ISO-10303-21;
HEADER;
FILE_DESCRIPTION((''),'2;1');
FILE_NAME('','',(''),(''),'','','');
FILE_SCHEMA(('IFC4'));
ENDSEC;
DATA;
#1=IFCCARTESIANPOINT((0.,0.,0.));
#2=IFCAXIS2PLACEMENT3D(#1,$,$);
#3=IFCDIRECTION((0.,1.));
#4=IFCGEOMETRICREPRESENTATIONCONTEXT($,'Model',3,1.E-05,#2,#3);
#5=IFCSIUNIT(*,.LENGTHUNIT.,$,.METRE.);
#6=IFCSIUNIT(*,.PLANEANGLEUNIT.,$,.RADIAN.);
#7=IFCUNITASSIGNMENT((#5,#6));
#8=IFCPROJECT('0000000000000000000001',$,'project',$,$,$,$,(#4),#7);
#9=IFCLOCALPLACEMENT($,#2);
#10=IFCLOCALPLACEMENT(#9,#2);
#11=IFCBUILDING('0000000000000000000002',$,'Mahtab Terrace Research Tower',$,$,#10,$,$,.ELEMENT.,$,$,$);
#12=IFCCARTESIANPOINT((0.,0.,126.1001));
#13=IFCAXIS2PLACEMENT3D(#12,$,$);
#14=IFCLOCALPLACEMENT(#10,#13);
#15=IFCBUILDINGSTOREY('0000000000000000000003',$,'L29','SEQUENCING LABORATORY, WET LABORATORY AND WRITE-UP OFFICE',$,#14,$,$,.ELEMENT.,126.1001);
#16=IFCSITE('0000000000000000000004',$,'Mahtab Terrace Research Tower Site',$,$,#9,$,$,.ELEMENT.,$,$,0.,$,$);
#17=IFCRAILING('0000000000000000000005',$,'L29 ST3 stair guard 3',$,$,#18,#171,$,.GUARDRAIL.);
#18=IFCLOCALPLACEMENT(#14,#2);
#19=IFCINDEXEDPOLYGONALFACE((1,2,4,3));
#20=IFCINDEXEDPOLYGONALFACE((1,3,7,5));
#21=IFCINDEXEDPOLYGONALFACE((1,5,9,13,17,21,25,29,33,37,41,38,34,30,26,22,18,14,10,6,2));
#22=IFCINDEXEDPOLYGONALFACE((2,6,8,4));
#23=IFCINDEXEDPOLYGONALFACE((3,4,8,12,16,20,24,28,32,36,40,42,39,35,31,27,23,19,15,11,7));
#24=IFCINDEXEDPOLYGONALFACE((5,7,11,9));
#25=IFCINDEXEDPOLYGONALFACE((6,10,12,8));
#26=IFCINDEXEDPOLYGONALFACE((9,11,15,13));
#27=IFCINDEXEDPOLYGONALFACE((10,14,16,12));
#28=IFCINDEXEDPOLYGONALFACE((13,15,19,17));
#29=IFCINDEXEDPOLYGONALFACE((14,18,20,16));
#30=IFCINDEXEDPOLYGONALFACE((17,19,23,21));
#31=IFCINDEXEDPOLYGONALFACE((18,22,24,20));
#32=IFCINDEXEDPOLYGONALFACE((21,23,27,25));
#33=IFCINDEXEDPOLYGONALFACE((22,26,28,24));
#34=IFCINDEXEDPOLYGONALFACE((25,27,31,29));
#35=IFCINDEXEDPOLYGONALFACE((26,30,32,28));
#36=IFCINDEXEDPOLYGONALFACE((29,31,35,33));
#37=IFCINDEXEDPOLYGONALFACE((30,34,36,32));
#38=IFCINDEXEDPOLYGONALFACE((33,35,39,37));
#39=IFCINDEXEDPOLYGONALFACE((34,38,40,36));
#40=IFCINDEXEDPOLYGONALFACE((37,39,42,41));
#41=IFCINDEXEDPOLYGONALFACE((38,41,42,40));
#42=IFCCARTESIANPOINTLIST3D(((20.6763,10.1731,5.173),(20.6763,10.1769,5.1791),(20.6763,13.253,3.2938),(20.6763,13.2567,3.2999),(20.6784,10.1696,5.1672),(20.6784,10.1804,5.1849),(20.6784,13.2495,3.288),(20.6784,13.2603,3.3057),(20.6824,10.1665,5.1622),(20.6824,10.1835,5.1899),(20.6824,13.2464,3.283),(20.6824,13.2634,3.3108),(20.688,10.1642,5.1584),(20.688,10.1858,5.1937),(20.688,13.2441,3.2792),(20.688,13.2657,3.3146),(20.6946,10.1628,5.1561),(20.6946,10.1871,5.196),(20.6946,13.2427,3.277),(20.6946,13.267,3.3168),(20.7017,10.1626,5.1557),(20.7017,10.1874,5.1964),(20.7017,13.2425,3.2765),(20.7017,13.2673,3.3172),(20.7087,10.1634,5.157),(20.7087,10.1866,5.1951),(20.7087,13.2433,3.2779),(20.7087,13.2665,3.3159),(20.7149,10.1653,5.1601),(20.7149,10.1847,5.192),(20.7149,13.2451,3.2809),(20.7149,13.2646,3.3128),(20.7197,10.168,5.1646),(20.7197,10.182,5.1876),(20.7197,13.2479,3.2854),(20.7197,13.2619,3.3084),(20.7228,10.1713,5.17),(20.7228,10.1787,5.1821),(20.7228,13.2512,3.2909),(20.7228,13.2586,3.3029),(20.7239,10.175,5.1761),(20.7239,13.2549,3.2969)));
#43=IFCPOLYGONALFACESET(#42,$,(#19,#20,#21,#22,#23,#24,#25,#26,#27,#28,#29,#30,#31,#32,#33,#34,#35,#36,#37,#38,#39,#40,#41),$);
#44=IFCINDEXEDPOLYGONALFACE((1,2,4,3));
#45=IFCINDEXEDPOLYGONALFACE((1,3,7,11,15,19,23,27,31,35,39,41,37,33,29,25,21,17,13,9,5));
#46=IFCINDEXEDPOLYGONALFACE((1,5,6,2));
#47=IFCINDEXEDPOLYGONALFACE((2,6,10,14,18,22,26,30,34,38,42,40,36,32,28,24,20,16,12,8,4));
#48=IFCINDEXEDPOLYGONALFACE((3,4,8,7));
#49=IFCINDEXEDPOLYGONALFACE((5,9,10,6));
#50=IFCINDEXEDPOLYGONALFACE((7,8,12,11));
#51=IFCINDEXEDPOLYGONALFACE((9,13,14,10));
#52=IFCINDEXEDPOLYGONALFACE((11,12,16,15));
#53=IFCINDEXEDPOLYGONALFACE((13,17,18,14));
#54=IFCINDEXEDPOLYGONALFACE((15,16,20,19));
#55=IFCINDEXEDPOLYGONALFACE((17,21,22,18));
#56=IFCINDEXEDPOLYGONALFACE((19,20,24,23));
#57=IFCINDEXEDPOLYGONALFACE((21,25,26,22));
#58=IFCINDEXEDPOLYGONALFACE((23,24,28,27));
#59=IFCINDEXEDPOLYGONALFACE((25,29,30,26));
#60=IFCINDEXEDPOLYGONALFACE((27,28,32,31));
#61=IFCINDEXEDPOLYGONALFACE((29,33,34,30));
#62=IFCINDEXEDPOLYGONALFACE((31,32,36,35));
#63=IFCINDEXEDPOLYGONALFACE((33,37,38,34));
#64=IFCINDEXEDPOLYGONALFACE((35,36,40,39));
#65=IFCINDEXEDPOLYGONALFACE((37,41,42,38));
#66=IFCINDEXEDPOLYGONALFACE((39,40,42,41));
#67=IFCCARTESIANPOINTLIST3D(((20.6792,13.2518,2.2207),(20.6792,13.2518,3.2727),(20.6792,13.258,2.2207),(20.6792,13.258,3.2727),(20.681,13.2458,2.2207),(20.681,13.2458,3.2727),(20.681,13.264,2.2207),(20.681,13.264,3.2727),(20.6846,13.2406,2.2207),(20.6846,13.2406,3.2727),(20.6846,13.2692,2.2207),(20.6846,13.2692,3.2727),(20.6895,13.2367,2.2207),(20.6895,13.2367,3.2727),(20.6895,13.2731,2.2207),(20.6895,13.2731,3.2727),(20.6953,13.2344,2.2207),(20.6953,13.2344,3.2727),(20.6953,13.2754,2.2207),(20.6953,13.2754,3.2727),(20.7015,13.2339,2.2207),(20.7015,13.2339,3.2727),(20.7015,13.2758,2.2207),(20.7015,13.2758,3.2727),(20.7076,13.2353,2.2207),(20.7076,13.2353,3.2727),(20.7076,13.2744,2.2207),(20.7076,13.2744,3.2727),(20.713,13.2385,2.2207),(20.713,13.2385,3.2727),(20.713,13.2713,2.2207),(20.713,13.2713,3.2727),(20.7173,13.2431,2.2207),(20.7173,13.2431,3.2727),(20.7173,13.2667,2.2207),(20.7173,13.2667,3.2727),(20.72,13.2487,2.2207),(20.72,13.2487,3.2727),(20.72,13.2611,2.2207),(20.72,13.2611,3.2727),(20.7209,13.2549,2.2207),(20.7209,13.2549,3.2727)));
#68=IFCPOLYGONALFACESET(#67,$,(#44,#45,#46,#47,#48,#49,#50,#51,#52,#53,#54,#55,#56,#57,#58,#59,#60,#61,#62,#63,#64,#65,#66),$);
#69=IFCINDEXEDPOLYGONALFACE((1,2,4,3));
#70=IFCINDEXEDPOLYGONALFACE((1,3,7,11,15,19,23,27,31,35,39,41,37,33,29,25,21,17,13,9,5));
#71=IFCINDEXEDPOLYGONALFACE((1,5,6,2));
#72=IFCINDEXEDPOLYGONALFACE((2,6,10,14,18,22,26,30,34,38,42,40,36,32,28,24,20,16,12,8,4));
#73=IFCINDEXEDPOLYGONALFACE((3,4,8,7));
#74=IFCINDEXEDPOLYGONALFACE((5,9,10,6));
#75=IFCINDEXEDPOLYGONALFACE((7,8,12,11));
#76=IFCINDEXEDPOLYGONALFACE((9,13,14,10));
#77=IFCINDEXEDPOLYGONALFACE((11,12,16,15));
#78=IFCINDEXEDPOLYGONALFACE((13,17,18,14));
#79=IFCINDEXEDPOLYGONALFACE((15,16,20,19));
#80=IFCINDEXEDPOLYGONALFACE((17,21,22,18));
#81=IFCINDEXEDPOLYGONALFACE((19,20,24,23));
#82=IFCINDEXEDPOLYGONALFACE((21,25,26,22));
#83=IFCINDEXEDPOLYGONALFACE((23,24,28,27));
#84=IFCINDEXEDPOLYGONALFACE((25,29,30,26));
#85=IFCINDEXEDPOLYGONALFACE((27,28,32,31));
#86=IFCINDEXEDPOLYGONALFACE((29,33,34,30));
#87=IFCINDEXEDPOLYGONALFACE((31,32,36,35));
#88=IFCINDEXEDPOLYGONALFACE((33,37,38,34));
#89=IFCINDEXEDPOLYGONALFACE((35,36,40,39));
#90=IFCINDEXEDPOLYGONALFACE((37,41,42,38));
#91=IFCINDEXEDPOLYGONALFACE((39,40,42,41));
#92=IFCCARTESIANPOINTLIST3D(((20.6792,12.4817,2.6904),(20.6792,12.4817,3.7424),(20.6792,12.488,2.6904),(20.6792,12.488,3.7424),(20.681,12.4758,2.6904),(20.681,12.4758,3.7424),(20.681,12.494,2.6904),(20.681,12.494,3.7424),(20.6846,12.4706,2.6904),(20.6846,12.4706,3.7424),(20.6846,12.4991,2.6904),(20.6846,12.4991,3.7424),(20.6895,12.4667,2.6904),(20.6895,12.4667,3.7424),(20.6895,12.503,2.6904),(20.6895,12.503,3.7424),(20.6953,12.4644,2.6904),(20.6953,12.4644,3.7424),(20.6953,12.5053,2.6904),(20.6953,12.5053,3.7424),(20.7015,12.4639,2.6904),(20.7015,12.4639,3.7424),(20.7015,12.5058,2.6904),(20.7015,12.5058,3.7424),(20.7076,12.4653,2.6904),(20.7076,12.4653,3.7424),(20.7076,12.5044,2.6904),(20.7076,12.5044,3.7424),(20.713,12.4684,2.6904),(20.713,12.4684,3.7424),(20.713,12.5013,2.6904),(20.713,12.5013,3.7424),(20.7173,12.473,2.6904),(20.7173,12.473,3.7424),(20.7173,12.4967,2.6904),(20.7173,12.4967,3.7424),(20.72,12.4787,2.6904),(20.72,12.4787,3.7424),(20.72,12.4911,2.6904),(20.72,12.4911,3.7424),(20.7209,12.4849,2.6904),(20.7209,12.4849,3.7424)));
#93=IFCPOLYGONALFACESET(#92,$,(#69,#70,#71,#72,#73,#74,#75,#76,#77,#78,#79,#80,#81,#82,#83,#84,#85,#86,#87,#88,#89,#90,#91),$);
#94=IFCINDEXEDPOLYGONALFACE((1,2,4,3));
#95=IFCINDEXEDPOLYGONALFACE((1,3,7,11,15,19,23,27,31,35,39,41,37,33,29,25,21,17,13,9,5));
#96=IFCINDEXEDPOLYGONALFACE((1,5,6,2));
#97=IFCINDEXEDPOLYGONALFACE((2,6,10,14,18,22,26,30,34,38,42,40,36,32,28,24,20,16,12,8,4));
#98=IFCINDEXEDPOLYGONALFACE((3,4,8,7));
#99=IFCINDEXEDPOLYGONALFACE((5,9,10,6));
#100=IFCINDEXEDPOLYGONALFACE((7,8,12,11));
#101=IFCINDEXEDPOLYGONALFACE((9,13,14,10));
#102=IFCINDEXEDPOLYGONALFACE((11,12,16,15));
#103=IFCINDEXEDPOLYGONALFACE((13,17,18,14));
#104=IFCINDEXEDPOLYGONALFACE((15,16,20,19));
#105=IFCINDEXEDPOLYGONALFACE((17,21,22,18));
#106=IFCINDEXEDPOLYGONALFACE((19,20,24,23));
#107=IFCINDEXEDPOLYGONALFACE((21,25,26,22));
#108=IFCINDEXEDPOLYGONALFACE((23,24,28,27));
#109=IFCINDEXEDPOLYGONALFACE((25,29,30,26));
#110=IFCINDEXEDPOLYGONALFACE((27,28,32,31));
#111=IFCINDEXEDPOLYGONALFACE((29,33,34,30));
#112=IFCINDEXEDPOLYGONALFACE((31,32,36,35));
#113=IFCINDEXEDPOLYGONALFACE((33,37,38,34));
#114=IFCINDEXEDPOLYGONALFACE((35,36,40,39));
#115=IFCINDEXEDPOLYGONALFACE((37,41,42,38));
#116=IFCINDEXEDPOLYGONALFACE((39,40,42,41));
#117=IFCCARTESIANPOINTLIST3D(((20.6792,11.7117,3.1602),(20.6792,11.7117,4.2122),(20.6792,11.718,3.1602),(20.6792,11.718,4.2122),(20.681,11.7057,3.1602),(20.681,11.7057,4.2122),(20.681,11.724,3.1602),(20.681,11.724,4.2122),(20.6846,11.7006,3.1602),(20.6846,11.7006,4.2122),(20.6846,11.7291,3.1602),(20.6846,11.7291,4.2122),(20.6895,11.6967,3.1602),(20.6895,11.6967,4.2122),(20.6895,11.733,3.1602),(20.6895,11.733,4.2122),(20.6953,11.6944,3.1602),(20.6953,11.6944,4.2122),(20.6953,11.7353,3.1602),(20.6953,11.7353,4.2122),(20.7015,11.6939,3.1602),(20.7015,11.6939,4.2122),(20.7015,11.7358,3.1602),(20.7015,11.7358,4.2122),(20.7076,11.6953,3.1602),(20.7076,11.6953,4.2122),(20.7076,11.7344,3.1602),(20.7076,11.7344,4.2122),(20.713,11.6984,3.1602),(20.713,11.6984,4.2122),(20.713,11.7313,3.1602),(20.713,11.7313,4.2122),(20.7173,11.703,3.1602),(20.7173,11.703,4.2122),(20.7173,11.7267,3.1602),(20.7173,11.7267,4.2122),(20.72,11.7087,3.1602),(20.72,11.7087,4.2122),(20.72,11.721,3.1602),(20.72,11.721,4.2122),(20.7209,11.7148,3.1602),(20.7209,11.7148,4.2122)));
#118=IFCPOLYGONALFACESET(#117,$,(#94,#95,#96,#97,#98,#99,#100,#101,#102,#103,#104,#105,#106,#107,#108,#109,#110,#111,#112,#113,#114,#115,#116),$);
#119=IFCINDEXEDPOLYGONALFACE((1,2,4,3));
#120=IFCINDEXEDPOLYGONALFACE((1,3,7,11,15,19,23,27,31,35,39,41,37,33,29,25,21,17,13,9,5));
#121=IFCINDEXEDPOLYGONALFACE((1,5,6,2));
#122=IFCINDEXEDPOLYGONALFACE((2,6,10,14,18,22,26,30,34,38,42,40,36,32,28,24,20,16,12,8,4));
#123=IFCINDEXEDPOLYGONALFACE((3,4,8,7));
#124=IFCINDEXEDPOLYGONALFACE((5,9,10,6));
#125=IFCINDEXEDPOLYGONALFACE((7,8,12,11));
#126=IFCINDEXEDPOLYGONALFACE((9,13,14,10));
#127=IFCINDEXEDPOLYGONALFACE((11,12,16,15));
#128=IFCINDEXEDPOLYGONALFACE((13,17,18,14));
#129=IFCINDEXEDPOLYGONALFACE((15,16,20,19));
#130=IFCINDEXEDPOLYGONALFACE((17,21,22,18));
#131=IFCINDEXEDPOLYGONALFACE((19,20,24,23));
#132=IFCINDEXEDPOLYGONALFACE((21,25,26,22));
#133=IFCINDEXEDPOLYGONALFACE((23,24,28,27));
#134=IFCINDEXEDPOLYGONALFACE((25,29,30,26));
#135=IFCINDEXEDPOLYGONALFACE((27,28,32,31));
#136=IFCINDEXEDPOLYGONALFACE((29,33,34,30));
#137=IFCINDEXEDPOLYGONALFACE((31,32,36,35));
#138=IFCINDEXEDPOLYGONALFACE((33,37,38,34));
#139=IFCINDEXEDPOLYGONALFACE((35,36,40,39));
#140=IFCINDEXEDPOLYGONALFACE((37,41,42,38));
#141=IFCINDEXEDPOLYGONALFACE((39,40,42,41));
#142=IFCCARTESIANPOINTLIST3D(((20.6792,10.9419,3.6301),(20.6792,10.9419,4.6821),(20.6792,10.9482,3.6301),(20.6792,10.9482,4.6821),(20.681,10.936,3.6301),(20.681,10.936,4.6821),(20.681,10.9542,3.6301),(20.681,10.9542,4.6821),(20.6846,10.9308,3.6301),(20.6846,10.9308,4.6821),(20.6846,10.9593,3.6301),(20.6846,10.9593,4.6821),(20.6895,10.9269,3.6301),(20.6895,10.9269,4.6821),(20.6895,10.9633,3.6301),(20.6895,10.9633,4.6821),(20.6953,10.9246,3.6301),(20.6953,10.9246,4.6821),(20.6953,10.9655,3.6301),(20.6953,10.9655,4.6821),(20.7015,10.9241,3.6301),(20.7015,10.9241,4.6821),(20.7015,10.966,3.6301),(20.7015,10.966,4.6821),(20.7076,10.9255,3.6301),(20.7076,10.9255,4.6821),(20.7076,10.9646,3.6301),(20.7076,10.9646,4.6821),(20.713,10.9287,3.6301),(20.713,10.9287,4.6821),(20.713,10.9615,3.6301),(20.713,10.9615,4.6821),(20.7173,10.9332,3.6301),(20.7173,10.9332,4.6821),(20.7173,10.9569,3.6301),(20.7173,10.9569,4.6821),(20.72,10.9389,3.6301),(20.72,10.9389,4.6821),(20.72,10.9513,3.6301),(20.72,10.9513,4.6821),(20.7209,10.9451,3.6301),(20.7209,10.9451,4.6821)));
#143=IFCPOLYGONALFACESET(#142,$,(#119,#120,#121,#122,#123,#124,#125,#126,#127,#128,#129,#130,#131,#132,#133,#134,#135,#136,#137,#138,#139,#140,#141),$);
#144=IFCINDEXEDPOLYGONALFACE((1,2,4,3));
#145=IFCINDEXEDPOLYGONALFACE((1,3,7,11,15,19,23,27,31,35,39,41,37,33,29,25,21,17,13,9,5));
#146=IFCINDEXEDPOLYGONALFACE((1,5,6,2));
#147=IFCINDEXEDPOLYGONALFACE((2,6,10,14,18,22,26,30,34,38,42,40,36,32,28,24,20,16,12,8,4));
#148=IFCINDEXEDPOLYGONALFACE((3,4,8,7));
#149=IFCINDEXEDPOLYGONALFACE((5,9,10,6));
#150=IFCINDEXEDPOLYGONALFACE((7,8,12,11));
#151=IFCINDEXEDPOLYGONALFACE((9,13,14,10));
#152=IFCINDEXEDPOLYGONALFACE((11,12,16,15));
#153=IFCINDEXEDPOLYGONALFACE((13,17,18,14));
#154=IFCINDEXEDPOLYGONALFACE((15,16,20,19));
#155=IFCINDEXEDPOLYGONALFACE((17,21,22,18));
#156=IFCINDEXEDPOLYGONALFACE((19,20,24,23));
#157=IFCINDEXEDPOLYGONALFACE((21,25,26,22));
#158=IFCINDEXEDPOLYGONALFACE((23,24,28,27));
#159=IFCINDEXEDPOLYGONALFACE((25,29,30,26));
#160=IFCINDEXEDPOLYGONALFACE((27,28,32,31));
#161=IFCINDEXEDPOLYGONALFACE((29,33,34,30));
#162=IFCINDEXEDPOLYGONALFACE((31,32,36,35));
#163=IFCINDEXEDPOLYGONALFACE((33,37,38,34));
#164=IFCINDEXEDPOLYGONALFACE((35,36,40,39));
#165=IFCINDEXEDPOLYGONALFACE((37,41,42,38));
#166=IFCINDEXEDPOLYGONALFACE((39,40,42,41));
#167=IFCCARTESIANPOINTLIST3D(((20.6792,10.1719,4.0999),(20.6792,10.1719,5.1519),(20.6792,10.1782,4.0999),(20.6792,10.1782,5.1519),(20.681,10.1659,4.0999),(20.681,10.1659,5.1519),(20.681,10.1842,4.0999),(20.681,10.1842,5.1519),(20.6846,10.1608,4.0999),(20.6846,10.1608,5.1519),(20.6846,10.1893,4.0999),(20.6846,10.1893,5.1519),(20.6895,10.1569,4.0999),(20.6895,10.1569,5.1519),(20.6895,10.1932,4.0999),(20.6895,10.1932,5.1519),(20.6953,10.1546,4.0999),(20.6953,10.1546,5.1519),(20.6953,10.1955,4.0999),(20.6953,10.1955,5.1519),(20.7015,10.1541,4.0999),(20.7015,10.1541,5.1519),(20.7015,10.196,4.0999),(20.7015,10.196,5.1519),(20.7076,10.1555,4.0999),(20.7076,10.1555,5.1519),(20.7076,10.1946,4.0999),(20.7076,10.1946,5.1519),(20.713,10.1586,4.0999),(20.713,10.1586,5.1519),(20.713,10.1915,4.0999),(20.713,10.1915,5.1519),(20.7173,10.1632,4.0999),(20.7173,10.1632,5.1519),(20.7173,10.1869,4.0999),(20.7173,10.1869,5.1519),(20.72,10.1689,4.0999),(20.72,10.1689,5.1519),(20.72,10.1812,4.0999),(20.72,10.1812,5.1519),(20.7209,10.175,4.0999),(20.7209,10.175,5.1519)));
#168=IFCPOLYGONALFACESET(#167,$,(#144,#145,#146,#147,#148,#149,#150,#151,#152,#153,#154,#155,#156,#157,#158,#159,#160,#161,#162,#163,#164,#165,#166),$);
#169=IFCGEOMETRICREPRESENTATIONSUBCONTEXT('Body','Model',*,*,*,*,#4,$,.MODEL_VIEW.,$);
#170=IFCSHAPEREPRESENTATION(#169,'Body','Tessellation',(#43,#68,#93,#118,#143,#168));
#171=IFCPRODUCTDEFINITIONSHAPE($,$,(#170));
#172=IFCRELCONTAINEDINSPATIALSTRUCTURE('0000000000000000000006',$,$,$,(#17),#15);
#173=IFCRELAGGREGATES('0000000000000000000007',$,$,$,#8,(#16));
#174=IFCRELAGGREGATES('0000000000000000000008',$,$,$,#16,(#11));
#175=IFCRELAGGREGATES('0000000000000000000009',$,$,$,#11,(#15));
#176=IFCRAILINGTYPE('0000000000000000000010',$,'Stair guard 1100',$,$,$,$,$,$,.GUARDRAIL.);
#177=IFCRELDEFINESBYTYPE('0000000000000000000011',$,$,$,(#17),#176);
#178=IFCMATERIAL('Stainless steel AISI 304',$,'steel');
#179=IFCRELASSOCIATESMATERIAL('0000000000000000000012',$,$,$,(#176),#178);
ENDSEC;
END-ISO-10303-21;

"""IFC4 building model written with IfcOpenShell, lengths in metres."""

from ifc_helpers import new_model, si_unit, direction, frame, origin, origin_2d, place, context, subcontext, project, spatial, circle, extrude, material, type_object, element, save


model = new_model("IFC4")

# Units and contexts
model_context = context("Model", 3, precision=1e-05, world=origin(), true_north=direction((0.0, 1.0)))
body_context = subcontext(model_context, "Body", "Model", "MODEL_VIEW")
ifc_project = project(units=[si_unit("LENGTHUNIT", "METRE"), si_unit("PLANEANGLEUNIT", "RADIAN")], contexts=[model_context])

# Site, building, storey
site_placement = place(None, origin())
site = spatial("IfcSite", under=ifc_project, at=site_placement, Name="Mahtab Terrace Research Tower Site", CompositionType="ELEMENT", RefElevation=0.0)
building_placement = place(site_placement, origin())
building = spatial("IfcBuilding", under=site, at=building_placement, Name="Mahtab Terrace Research Tower", CompositionType="ELEMENT")
storey_placement = place(building_placement, frame((0.0, 0.0, 126.1001)))
storey = spatial("IfcBuildingStorey", under=building, at=storey_placement, Name="L29", Description="SEQUENCING LABORATORY, WET LABORATORY AND WRITE-UP OFFICE", CompositionType="ELEMENT", Elevation=126.1001)

# Railing
ifc_material_1 = material(Name="Stainless steel AISI 304", Category="steel")
railing_type_1 = type_object("IfcRailingType", Name="Stair guard 1100", PredefinedType="GUARDRAIL", material=ifc_material_1)
railing_1_placement = place(storey_placement, frame((20.7, 13.2549, 2.2207)))
element("IfcRailing", 1, at=railing_1_placement, inside=storey, type_object=railing_type_1, Name="L29 ST3 stair guard 3", PredefinedType="GUARDRAIL", context=body_context, shape_type="SweptSolid", body=[
    extrude(circle(Radius=0.0239, at=origin_2d()), frame((0.0, 0.0, 1.0762), z_axis=(0.0, -0.853648, 0.52085), x_axis=(1.0, 0.0, 0.0)), (0.0, 0.0, 1.0), 3.6079),
    extrude(circle(Radius=0.021, at=origin_2d()), origin(), (0.0, 0.0, 1.0), 1.052),
    extrude(circle(Radius=0.021, at=origin_2d()), frame((0.0, -0.77, 0.4697)), (0.0, 0.0, 1.0), 1.052),
    extrude(circle(Radius=0.021, at=origin_2d()), frame((0.0, -1.54, 0.9395)), (0.0, 0.0, 1.0), 1.052),
    extrude(circle(Radius=0.021, at=origin_2d()), frame((0.0, -2.3098, 1.4094)), (0.0, 0.0, 1.0), 1.052),
    extrude(circle(Radius=0.021, at=origin_2d()), frame((0.0, -3.0798, 1.8792)), (0.0, 0.0, 1.0), 1.052),
])

save(model, "model.ifc")
